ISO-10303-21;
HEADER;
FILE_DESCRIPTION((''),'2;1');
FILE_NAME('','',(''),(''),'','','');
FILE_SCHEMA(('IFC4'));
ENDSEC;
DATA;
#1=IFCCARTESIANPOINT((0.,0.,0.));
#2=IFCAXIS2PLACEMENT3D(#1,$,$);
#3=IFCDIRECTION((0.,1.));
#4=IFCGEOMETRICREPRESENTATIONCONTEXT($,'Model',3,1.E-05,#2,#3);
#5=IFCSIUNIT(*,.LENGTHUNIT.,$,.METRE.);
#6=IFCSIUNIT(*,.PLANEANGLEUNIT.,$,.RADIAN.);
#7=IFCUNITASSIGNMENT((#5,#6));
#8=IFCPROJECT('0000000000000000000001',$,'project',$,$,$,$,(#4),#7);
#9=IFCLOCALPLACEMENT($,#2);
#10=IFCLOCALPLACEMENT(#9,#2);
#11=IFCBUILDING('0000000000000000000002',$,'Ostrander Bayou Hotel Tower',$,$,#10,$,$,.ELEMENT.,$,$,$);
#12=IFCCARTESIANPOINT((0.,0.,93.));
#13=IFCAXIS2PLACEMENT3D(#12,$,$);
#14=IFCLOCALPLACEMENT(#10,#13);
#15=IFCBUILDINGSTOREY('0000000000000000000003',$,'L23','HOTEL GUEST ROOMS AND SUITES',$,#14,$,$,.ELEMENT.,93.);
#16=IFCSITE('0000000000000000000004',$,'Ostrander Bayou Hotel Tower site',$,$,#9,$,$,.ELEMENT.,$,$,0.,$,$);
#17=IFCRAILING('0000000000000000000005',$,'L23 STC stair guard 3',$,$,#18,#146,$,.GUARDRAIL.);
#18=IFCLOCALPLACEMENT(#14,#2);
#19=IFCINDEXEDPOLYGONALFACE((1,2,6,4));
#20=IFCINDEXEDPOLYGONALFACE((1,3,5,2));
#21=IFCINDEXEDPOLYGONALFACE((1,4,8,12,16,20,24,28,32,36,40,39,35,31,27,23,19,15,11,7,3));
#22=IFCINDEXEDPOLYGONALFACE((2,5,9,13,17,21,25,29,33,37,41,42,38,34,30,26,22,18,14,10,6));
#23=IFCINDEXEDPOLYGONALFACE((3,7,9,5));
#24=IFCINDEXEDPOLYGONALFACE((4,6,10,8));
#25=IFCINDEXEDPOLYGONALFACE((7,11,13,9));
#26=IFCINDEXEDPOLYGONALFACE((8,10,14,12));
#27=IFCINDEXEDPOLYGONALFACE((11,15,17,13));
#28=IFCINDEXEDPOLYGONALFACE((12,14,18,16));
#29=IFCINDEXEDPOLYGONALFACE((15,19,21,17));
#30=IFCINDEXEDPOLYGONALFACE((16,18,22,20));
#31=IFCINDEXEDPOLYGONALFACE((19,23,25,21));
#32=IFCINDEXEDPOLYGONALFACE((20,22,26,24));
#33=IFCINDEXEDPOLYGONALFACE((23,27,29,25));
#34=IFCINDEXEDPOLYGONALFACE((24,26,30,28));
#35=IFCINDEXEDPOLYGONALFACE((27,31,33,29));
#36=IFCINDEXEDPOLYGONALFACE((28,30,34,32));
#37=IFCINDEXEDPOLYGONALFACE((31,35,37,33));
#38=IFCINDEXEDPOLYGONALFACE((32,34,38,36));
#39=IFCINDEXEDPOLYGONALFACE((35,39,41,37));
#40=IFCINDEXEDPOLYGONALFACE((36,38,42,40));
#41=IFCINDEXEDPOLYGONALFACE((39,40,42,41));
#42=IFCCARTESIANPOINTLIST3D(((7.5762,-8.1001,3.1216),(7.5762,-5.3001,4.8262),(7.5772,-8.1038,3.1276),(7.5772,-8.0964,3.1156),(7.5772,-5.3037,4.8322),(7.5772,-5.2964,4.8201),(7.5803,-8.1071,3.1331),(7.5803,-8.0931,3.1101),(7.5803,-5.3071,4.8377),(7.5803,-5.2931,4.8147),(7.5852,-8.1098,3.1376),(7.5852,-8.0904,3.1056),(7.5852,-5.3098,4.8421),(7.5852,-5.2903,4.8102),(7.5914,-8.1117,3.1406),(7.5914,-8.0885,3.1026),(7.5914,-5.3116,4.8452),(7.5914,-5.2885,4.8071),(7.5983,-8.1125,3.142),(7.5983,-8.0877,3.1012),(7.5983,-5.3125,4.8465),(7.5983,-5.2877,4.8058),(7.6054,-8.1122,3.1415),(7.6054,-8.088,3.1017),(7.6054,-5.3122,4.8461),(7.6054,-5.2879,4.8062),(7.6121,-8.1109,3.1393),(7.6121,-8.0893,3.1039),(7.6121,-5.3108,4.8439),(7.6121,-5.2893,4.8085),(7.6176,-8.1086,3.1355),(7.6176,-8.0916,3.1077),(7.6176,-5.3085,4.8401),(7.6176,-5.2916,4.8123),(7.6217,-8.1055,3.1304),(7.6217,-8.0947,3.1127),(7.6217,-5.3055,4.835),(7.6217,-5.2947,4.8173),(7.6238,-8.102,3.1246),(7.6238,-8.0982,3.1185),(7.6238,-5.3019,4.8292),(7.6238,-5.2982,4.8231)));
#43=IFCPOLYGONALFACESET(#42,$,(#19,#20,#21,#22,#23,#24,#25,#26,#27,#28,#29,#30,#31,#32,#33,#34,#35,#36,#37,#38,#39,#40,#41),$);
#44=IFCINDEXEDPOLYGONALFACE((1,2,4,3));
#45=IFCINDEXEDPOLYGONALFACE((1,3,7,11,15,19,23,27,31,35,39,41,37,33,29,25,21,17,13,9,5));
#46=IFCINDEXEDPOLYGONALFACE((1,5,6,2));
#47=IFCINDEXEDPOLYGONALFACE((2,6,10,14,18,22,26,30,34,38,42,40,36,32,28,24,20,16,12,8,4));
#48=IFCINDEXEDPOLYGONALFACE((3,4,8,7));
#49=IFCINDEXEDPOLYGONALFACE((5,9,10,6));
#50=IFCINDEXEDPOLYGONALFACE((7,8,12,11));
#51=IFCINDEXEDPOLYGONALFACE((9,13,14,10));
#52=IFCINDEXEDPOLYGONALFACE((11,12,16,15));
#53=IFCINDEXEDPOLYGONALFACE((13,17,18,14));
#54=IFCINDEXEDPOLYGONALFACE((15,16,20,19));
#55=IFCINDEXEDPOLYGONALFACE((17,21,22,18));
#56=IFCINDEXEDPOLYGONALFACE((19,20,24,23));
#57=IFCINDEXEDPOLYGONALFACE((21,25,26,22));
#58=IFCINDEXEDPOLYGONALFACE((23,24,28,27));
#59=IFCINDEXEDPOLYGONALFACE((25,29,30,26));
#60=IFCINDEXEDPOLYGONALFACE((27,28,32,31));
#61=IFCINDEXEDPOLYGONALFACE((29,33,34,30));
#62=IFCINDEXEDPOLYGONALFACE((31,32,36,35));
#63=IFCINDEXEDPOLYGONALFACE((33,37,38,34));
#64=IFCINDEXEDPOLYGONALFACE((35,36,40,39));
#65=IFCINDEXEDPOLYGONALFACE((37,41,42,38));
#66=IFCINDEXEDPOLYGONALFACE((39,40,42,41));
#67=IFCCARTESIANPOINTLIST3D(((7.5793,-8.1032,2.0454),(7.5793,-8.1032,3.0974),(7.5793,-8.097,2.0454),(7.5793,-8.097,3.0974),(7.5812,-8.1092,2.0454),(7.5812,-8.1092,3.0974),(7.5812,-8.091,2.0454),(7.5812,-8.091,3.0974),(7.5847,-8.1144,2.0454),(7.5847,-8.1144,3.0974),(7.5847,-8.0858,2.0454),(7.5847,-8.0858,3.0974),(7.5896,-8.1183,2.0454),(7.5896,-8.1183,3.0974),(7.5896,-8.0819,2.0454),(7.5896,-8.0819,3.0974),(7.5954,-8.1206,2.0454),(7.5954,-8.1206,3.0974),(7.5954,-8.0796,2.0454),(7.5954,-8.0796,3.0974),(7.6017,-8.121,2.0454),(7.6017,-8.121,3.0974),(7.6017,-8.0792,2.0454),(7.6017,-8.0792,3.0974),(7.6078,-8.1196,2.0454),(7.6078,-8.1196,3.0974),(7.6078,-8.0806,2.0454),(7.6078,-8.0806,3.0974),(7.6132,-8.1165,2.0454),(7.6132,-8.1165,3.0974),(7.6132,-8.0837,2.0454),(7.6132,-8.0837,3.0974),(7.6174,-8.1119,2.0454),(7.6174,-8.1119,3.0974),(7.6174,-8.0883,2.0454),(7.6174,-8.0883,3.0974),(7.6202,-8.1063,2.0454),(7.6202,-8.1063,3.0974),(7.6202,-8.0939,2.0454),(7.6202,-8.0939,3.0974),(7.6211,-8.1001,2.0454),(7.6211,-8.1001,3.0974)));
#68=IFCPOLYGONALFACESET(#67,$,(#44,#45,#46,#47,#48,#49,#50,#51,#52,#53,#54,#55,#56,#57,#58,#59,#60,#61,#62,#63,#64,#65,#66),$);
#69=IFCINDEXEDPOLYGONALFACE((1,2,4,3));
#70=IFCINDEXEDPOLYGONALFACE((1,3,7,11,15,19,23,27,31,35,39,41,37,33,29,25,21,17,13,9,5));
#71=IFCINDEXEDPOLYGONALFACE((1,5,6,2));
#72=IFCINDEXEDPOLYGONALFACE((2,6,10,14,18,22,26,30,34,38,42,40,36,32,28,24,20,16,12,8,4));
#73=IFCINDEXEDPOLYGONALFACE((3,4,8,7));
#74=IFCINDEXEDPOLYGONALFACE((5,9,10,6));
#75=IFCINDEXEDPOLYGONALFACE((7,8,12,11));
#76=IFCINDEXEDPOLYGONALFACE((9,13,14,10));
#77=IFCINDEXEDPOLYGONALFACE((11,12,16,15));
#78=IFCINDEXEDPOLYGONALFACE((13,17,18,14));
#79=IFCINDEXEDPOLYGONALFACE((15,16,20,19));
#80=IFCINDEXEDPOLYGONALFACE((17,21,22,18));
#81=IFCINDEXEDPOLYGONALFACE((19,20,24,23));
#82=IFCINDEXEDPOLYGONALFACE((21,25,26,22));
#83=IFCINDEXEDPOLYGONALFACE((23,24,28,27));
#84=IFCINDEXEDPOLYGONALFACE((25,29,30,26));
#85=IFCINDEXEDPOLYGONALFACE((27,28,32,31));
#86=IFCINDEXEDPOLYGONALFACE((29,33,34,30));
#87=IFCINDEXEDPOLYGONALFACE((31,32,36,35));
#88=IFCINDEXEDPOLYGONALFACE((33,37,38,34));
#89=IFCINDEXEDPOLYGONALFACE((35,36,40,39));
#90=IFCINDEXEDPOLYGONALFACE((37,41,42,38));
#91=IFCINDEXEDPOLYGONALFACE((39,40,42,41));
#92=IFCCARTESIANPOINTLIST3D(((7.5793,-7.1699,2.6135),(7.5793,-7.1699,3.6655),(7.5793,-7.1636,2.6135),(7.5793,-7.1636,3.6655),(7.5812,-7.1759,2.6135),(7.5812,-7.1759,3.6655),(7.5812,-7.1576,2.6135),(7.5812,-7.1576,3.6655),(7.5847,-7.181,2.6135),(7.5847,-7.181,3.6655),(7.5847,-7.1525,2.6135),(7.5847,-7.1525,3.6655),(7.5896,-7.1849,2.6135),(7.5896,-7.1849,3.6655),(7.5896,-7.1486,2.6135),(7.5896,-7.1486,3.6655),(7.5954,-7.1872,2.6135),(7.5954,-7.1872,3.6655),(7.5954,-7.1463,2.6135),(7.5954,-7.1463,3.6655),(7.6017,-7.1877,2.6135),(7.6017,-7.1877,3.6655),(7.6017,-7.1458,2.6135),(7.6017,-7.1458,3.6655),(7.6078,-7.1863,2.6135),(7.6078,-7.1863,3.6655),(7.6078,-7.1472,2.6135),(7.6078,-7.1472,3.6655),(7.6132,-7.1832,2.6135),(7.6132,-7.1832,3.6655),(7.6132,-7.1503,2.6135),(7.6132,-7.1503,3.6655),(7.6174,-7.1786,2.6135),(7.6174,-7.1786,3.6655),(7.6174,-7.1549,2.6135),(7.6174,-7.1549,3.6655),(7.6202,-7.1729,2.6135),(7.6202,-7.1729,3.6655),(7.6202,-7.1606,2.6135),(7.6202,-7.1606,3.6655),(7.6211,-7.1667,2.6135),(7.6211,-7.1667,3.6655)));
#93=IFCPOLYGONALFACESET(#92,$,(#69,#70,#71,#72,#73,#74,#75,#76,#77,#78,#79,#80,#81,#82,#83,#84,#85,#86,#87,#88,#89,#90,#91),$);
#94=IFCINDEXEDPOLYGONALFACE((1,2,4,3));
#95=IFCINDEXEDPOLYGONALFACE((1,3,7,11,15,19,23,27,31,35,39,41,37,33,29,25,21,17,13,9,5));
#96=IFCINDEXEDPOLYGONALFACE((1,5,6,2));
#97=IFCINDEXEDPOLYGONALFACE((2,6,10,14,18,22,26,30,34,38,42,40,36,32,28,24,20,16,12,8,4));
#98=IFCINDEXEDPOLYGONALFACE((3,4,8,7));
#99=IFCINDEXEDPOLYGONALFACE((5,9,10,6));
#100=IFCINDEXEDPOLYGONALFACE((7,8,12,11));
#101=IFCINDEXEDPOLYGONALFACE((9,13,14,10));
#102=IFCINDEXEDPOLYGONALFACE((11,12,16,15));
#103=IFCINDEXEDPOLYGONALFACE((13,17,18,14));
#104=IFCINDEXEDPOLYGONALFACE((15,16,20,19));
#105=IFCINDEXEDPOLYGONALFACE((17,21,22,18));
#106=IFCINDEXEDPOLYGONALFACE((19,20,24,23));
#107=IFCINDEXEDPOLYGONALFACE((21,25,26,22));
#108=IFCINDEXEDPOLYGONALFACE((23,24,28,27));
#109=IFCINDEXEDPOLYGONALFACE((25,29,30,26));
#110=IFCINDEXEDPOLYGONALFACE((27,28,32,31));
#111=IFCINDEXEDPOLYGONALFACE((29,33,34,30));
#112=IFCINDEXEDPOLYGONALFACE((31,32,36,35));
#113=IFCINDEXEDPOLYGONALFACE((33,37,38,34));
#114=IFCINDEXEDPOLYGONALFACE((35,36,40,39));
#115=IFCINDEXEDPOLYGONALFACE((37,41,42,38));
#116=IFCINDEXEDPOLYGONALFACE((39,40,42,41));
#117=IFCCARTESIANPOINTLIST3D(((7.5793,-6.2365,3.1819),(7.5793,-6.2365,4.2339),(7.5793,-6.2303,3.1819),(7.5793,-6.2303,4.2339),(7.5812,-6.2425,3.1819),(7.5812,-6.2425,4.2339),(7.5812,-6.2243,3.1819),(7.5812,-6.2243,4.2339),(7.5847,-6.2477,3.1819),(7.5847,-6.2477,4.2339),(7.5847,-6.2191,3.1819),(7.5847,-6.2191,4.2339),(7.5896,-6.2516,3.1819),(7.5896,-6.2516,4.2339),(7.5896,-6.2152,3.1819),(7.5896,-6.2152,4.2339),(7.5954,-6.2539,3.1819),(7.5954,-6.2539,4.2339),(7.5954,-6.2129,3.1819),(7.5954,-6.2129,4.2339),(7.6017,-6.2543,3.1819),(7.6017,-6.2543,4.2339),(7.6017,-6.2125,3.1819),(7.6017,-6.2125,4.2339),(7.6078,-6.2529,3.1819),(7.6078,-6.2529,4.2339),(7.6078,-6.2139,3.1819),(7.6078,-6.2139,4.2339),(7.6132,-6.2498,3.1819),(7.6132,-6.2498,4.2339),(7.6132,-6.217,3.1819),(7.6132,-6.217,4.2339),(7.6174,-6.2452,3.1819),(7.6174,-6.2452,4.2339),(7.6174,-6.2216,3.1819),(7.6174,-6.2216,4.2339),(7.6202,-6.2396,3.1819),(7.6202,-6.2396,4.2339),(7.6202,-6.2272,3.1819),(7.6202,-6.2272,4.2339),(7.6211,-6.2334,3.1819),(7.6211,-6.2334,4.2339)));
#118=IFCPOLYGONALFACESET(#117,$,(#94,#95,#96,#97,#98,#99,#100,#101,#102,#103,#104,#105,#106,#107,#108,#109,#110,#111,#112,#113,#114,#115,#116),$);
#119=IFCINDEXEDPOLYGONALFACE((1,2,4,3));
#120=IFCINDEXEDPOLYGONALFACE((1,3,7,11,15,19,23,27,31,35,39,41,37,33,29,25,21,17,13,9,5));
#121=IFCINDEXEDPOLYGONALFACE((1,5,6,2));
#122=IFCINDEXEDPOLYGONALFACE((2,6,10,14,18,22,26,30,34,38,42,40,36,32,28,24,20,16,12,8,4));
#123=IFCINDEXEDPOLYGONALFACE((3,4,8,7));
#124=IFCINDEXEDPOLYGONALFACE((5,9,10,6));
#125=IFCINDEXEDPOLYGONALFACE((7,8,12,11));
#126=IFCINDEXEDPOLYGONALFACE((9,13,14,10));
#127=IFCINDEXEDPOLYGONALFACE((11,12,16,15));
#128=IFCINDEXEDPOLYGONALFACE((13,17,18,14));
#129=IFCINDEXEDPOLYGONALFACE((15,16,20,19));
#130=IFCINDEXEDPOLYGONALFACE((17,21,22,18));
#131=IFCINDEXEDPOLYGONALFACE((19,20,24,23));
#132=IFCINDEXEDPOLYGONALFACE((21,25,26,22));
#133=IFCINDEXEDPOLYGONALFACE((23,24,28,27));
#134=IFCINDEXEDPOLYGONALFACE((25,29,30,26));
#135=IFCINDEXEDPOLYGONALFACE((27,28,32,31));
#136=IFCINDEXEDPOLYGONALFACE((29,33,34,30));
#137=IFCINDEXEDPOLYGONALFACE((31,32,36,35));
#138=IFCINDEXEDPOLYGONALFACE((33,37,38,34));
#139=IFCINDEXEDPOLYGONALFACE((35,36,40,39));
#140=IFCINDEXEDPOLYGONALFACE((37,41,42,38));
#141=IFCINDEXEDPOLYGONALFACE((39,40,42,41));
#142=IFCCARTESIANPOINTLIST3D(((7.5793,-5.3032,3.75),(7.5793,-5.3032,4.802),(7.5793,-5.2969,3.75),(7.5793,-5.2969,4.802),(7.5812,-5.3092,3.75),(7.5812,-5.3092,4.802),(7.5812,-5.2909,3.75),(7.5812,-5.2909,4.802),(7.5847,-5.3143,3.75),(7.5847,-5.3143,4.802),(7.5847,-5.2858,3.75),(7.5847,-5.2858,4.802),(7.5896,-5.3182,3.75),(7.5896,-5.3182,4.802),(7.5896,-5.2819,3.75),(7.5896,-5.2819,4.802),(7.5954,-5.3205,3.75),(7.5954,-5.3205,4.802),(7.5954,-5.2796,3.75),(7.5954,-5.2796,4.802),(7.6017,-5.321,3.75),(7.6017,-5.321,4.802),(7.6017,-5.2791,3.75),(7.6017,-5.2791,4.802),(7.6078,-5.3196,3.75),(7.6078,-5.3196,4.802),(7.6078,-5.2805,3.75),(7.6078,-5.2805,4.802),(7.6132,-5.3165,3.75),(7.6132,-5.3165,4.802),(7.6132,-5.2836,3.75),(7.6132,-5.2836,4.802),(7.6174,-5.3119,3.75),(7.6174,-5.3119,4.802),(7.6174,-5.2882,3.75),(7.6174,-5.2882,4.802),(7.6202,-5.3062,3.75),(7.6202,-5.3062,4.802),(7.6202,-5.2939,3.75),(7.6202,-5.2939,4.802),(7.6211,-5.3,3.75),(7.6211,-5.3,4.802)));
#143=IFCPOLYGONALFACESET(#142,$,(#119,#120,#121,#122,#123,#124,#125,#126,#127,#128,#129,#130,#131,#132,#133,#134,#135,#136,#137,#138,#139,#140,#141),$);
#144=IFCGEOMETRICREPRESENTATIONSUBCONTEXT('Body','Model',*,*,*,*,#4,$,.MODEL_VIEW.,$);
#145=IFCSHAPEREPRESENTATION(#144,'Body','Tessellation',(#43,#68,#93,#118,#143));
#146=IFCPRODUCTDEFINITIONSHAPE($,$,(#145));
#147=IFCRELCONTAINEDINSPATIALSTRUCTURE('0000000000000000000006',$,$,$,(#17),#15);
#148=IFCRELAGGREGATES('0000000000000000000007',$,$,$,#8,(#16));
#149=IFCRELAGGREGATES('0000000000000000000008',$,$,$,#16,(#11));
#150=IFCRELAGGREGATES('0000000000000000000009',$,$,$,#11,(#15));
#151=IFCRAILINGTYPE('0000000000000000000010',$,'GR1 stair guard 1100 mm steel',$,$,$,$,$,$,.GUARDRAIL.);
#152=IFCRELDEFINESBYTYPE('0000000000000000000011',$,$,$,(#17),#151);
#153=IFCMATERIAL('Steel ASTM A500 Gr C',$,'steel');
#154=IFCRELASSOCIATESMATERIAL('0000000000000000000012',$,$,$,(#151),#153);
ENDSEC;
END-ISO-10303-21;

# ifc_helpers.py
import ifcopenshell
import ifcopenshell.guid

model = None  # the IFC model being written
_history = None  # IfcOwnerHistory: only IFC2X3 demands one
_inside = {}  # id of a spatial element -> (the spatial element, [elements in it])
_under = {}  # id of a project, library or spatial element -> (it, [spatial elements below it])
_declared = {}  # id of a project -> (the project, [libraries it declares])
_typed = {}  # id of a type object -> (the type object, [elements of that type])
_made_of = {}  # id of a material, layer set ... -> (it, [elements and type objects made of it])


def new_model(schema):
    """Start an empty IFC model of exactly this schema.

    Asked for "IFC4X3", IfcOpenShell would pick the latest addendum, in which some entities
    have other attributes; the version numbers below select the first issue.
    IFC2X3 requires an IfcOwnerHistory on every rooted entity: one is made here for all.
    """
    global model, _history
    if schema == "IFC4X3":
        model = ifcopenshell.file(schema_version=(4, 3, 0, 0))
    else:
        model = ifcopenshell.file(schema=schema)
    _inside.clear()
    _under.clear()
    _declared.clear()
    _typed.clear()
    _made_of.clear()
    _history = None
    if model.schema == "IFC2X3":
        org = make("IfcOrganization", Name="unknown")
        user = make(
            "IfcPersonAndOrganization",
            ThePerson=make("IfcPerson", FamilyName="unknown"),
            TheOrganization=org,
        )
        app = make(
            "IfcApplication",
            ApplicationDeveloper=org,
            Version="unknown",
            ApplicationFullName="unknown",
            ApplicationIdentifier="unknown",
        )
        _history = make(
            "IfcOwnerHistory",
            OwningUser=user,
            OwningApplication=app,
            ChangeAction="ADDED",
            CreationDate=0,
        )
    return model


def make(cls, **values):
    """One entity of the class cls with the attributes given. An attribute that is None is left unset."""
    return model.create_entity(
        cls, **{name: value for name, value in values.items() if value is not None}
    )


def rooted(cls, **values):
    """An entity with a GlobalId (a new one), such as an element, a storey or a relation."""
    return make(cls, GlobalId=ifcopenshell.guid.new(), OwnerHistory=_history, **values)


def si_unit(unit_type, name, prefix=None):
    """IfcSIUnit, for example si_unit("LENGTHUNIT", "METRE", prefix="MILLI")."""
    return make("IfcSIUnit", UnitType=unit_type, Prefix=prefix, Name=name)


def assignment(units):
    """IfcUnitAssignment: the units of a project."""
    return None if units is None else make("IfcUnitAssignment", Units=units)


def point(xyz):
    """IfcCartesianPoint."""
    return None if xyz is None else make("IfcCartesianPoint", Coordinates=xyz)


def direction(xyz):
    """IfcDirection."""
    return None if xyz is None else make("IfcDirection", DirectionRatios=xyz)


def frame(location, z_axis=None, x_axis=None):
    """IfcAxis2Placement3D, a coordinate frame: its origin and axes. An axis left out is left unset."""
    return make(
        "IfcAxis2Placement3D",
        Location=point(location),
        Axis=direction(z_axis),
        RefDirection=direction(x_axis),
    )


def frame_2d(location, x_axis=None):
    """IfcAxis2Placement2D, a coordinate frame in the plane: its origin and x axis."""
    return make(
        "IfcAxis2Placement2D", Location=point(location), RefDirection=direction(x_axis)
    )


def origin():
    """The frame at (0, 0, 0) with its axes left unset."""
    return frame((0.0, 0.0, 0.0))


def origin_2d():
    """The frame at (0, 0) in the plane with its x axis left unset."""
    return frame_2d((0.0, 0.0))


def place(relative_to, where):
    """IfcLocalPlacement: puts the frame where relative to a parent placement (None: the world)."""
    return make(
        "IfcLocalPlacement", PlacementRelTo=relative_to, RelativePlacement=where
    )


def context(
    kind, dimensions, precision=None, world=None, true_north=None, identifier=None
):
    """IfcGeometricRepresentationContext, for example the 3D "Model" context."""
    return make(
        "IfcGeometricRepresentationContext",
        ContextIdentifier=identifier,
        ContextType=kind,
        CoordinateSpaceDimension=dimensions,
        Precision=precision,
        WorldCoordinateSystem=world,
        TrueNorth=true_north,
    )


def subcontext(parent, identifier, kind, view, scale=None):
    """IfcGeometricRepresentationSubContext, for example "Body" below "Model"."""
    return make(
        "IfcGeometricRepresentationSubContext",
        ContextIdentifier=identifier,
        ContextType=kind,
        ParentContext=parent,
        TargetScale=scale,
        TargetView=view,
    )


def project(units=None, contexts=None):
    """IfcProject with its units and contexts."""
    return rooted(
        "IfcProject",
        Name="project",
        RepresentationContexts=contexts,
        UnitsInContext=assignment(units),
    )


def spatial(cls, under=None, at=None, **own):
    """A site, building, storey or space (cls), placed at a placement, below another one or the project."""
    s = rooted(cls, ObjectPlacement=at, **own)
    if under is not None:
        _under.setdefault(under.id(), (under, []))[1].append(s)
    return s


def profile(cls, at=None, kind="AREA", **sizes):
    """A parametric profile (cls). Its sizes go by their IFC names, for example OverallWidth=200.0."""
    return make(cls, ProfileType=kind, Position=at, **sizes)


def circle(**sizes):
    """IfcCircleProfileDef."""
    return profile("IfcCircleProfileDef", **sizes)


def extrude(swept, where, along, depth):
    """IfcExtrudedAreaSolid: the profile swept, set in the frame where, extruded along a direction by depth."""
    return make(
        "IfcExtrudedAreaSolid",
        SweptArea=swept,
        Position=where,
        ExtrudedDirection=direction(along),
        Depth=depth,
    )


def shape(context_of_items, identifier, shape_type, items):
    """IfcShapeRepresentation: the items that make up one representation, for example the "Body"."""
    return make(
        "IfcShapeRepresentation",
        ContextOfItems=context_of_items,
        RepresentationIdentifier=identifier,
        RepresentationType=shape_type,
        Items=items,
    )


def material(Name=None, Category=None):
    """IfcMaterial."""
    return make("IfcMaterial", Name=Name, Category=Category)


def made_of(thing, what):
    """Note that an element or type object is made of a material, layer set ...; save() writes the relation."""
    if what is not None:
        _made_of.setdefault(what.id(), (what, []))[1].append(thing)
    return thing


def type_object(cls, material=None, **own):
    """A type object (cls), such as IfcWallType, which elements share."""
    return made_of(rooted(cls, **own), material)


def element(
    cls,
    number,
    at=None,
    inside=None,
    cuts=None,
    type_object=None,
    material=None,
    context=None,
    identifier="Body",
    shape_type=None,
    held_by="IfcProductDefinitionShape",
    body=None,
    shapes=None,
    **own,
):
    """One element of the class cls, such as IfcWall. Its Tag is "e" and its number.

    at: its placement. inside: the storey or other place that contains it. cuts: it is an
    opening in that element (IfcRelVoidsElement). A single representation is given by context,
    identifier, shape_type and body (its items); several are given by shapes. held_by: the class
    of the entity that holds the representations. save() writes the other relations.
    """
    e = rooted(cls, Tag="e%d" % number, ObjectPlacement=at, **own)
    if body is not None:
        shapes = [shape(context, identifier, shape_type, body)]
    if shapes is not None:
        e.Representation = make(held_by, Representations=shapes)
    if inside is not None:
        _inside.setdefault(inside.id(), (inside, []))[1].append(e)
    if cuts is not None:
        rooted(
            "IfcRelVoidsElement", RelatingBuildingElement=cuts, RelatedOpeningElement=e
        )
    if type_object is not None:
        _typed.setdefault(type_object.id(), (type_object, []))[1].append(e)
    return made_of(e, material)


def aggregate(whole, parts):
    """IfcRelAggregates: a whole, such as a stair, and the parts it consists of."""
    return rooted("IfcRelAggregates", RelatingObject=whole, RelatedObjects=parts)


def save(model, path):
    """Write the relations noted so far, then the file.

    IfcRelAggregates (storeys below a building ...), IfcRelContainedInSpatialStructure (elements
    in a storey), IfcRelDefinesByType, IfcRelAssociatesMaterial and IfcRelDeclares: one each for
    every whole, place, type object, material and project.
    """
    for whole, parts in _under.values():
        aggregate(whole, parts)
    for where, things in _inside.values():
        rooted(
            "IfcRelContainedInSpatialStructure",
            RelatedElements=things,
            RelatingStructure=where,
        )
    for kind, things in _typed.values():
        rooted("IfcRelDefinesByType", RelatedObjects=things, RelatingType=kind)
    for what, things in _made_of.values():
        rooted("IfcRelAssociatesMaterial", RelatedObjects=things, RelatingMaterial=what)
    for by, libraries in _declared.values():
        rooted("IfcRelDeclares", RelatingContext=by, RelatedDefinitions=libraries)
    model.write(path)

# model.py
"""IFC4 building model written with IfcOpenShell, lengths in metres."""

from ifc_helpers import new_model, si_unit, direction, frame, origin, origin_2d, place, context, subcontext, project, spatial, circle, extrude, material, type_object, element, save


model = new_model("IFC4")

# Units and contexts
model_context = context("Model", 3, precision=1e-05, world=origin(), true_north=direction((0.0, 1.0)))
body_context = subcontext(model_context, "Body", "Model", "MODEL_VIEW")
ifc_project = project(units=[si_unit("LENGTHUNIT", "METRE"), si_unit("PLANEANGLEUNIT", "RADIAN")], contexts=[model_context])

# Site, building, storey
site_placement = place(None, origin())
site = spatial("IfcSite", under=ifc_project, at=site_placement, Name="Ostrander Bayou Hotel Tower site", CompositionType="ELEMENT", RefElevation=0.0)
building_placement = place(site_placement, origin())
building = spatial("IfcBuilding", under=site, at=building_placement, Name="Ostrander Bayou Hotel Tower", CompositionType="ELEMENT")
storey_placement = place(building_placement, frame((0.0, 0.0, 93.0)))
storey = spatial("IfcBuildingStorey", under=building, at=storey_placement, Name="L23", Description="HOTEL GUEST ROOMS AND SUITES", CompositionType="ELEMENT", Elevation=93.0)

# Railing
ifc_material_1 = material(Name="Steel ASTM A500 Gr C", Category="steel")
railing_type_1 = type_object("IfcRailingType", Name="GR1 stair guard 1100 mm steel", PredefinedType="GUARDRAIL", material=ifc_material_1)
railing_1_placement = place(storey_placement, frame((7.6001, -8.1001, 2.0454)))
element("IfcRailing", 1, at=railing_1_placement, inside=storey, type_object=railing_type_1, Name="L23 STC stair guard 3", PredefinedType="GUARDRAIL", context=body_context, shape_type="SweptSolid", body=[
    extrude(circle(Radius=0.0239, at=origin_2d()), frame((0.0, 0.0, 1.0762), z_axis=(0.0, 0.85417, 0.519994), x_axis=(-1.0, 0.0, 0.0)), (0.0, 0.0, 1.0), 3.2781),
    extrude(circle(Radius=0.021, at=origin_2d()), origin(), (0.0, 0.0, 1.0), 1.052),
    extrude(circle(Radius=0.021, at=origin_2d()), frame((0.0, 0.9333, 0.5681)), (0.0, 0.0, 1.0), 1.052),
    extrude(circle(Radius=0.021, at=origin_2d()), frame((0.0, 1.8667, 1.1365)), (0.0, 0.0, 1.0), 1.052),
    extrude(circle(Radius=0.021, at=origin_2d()), frame((0.0, 2.8, 1.7046)), (0.0, 0.0, 1.0), 1.052),
])

save(model, "model.ifc")
